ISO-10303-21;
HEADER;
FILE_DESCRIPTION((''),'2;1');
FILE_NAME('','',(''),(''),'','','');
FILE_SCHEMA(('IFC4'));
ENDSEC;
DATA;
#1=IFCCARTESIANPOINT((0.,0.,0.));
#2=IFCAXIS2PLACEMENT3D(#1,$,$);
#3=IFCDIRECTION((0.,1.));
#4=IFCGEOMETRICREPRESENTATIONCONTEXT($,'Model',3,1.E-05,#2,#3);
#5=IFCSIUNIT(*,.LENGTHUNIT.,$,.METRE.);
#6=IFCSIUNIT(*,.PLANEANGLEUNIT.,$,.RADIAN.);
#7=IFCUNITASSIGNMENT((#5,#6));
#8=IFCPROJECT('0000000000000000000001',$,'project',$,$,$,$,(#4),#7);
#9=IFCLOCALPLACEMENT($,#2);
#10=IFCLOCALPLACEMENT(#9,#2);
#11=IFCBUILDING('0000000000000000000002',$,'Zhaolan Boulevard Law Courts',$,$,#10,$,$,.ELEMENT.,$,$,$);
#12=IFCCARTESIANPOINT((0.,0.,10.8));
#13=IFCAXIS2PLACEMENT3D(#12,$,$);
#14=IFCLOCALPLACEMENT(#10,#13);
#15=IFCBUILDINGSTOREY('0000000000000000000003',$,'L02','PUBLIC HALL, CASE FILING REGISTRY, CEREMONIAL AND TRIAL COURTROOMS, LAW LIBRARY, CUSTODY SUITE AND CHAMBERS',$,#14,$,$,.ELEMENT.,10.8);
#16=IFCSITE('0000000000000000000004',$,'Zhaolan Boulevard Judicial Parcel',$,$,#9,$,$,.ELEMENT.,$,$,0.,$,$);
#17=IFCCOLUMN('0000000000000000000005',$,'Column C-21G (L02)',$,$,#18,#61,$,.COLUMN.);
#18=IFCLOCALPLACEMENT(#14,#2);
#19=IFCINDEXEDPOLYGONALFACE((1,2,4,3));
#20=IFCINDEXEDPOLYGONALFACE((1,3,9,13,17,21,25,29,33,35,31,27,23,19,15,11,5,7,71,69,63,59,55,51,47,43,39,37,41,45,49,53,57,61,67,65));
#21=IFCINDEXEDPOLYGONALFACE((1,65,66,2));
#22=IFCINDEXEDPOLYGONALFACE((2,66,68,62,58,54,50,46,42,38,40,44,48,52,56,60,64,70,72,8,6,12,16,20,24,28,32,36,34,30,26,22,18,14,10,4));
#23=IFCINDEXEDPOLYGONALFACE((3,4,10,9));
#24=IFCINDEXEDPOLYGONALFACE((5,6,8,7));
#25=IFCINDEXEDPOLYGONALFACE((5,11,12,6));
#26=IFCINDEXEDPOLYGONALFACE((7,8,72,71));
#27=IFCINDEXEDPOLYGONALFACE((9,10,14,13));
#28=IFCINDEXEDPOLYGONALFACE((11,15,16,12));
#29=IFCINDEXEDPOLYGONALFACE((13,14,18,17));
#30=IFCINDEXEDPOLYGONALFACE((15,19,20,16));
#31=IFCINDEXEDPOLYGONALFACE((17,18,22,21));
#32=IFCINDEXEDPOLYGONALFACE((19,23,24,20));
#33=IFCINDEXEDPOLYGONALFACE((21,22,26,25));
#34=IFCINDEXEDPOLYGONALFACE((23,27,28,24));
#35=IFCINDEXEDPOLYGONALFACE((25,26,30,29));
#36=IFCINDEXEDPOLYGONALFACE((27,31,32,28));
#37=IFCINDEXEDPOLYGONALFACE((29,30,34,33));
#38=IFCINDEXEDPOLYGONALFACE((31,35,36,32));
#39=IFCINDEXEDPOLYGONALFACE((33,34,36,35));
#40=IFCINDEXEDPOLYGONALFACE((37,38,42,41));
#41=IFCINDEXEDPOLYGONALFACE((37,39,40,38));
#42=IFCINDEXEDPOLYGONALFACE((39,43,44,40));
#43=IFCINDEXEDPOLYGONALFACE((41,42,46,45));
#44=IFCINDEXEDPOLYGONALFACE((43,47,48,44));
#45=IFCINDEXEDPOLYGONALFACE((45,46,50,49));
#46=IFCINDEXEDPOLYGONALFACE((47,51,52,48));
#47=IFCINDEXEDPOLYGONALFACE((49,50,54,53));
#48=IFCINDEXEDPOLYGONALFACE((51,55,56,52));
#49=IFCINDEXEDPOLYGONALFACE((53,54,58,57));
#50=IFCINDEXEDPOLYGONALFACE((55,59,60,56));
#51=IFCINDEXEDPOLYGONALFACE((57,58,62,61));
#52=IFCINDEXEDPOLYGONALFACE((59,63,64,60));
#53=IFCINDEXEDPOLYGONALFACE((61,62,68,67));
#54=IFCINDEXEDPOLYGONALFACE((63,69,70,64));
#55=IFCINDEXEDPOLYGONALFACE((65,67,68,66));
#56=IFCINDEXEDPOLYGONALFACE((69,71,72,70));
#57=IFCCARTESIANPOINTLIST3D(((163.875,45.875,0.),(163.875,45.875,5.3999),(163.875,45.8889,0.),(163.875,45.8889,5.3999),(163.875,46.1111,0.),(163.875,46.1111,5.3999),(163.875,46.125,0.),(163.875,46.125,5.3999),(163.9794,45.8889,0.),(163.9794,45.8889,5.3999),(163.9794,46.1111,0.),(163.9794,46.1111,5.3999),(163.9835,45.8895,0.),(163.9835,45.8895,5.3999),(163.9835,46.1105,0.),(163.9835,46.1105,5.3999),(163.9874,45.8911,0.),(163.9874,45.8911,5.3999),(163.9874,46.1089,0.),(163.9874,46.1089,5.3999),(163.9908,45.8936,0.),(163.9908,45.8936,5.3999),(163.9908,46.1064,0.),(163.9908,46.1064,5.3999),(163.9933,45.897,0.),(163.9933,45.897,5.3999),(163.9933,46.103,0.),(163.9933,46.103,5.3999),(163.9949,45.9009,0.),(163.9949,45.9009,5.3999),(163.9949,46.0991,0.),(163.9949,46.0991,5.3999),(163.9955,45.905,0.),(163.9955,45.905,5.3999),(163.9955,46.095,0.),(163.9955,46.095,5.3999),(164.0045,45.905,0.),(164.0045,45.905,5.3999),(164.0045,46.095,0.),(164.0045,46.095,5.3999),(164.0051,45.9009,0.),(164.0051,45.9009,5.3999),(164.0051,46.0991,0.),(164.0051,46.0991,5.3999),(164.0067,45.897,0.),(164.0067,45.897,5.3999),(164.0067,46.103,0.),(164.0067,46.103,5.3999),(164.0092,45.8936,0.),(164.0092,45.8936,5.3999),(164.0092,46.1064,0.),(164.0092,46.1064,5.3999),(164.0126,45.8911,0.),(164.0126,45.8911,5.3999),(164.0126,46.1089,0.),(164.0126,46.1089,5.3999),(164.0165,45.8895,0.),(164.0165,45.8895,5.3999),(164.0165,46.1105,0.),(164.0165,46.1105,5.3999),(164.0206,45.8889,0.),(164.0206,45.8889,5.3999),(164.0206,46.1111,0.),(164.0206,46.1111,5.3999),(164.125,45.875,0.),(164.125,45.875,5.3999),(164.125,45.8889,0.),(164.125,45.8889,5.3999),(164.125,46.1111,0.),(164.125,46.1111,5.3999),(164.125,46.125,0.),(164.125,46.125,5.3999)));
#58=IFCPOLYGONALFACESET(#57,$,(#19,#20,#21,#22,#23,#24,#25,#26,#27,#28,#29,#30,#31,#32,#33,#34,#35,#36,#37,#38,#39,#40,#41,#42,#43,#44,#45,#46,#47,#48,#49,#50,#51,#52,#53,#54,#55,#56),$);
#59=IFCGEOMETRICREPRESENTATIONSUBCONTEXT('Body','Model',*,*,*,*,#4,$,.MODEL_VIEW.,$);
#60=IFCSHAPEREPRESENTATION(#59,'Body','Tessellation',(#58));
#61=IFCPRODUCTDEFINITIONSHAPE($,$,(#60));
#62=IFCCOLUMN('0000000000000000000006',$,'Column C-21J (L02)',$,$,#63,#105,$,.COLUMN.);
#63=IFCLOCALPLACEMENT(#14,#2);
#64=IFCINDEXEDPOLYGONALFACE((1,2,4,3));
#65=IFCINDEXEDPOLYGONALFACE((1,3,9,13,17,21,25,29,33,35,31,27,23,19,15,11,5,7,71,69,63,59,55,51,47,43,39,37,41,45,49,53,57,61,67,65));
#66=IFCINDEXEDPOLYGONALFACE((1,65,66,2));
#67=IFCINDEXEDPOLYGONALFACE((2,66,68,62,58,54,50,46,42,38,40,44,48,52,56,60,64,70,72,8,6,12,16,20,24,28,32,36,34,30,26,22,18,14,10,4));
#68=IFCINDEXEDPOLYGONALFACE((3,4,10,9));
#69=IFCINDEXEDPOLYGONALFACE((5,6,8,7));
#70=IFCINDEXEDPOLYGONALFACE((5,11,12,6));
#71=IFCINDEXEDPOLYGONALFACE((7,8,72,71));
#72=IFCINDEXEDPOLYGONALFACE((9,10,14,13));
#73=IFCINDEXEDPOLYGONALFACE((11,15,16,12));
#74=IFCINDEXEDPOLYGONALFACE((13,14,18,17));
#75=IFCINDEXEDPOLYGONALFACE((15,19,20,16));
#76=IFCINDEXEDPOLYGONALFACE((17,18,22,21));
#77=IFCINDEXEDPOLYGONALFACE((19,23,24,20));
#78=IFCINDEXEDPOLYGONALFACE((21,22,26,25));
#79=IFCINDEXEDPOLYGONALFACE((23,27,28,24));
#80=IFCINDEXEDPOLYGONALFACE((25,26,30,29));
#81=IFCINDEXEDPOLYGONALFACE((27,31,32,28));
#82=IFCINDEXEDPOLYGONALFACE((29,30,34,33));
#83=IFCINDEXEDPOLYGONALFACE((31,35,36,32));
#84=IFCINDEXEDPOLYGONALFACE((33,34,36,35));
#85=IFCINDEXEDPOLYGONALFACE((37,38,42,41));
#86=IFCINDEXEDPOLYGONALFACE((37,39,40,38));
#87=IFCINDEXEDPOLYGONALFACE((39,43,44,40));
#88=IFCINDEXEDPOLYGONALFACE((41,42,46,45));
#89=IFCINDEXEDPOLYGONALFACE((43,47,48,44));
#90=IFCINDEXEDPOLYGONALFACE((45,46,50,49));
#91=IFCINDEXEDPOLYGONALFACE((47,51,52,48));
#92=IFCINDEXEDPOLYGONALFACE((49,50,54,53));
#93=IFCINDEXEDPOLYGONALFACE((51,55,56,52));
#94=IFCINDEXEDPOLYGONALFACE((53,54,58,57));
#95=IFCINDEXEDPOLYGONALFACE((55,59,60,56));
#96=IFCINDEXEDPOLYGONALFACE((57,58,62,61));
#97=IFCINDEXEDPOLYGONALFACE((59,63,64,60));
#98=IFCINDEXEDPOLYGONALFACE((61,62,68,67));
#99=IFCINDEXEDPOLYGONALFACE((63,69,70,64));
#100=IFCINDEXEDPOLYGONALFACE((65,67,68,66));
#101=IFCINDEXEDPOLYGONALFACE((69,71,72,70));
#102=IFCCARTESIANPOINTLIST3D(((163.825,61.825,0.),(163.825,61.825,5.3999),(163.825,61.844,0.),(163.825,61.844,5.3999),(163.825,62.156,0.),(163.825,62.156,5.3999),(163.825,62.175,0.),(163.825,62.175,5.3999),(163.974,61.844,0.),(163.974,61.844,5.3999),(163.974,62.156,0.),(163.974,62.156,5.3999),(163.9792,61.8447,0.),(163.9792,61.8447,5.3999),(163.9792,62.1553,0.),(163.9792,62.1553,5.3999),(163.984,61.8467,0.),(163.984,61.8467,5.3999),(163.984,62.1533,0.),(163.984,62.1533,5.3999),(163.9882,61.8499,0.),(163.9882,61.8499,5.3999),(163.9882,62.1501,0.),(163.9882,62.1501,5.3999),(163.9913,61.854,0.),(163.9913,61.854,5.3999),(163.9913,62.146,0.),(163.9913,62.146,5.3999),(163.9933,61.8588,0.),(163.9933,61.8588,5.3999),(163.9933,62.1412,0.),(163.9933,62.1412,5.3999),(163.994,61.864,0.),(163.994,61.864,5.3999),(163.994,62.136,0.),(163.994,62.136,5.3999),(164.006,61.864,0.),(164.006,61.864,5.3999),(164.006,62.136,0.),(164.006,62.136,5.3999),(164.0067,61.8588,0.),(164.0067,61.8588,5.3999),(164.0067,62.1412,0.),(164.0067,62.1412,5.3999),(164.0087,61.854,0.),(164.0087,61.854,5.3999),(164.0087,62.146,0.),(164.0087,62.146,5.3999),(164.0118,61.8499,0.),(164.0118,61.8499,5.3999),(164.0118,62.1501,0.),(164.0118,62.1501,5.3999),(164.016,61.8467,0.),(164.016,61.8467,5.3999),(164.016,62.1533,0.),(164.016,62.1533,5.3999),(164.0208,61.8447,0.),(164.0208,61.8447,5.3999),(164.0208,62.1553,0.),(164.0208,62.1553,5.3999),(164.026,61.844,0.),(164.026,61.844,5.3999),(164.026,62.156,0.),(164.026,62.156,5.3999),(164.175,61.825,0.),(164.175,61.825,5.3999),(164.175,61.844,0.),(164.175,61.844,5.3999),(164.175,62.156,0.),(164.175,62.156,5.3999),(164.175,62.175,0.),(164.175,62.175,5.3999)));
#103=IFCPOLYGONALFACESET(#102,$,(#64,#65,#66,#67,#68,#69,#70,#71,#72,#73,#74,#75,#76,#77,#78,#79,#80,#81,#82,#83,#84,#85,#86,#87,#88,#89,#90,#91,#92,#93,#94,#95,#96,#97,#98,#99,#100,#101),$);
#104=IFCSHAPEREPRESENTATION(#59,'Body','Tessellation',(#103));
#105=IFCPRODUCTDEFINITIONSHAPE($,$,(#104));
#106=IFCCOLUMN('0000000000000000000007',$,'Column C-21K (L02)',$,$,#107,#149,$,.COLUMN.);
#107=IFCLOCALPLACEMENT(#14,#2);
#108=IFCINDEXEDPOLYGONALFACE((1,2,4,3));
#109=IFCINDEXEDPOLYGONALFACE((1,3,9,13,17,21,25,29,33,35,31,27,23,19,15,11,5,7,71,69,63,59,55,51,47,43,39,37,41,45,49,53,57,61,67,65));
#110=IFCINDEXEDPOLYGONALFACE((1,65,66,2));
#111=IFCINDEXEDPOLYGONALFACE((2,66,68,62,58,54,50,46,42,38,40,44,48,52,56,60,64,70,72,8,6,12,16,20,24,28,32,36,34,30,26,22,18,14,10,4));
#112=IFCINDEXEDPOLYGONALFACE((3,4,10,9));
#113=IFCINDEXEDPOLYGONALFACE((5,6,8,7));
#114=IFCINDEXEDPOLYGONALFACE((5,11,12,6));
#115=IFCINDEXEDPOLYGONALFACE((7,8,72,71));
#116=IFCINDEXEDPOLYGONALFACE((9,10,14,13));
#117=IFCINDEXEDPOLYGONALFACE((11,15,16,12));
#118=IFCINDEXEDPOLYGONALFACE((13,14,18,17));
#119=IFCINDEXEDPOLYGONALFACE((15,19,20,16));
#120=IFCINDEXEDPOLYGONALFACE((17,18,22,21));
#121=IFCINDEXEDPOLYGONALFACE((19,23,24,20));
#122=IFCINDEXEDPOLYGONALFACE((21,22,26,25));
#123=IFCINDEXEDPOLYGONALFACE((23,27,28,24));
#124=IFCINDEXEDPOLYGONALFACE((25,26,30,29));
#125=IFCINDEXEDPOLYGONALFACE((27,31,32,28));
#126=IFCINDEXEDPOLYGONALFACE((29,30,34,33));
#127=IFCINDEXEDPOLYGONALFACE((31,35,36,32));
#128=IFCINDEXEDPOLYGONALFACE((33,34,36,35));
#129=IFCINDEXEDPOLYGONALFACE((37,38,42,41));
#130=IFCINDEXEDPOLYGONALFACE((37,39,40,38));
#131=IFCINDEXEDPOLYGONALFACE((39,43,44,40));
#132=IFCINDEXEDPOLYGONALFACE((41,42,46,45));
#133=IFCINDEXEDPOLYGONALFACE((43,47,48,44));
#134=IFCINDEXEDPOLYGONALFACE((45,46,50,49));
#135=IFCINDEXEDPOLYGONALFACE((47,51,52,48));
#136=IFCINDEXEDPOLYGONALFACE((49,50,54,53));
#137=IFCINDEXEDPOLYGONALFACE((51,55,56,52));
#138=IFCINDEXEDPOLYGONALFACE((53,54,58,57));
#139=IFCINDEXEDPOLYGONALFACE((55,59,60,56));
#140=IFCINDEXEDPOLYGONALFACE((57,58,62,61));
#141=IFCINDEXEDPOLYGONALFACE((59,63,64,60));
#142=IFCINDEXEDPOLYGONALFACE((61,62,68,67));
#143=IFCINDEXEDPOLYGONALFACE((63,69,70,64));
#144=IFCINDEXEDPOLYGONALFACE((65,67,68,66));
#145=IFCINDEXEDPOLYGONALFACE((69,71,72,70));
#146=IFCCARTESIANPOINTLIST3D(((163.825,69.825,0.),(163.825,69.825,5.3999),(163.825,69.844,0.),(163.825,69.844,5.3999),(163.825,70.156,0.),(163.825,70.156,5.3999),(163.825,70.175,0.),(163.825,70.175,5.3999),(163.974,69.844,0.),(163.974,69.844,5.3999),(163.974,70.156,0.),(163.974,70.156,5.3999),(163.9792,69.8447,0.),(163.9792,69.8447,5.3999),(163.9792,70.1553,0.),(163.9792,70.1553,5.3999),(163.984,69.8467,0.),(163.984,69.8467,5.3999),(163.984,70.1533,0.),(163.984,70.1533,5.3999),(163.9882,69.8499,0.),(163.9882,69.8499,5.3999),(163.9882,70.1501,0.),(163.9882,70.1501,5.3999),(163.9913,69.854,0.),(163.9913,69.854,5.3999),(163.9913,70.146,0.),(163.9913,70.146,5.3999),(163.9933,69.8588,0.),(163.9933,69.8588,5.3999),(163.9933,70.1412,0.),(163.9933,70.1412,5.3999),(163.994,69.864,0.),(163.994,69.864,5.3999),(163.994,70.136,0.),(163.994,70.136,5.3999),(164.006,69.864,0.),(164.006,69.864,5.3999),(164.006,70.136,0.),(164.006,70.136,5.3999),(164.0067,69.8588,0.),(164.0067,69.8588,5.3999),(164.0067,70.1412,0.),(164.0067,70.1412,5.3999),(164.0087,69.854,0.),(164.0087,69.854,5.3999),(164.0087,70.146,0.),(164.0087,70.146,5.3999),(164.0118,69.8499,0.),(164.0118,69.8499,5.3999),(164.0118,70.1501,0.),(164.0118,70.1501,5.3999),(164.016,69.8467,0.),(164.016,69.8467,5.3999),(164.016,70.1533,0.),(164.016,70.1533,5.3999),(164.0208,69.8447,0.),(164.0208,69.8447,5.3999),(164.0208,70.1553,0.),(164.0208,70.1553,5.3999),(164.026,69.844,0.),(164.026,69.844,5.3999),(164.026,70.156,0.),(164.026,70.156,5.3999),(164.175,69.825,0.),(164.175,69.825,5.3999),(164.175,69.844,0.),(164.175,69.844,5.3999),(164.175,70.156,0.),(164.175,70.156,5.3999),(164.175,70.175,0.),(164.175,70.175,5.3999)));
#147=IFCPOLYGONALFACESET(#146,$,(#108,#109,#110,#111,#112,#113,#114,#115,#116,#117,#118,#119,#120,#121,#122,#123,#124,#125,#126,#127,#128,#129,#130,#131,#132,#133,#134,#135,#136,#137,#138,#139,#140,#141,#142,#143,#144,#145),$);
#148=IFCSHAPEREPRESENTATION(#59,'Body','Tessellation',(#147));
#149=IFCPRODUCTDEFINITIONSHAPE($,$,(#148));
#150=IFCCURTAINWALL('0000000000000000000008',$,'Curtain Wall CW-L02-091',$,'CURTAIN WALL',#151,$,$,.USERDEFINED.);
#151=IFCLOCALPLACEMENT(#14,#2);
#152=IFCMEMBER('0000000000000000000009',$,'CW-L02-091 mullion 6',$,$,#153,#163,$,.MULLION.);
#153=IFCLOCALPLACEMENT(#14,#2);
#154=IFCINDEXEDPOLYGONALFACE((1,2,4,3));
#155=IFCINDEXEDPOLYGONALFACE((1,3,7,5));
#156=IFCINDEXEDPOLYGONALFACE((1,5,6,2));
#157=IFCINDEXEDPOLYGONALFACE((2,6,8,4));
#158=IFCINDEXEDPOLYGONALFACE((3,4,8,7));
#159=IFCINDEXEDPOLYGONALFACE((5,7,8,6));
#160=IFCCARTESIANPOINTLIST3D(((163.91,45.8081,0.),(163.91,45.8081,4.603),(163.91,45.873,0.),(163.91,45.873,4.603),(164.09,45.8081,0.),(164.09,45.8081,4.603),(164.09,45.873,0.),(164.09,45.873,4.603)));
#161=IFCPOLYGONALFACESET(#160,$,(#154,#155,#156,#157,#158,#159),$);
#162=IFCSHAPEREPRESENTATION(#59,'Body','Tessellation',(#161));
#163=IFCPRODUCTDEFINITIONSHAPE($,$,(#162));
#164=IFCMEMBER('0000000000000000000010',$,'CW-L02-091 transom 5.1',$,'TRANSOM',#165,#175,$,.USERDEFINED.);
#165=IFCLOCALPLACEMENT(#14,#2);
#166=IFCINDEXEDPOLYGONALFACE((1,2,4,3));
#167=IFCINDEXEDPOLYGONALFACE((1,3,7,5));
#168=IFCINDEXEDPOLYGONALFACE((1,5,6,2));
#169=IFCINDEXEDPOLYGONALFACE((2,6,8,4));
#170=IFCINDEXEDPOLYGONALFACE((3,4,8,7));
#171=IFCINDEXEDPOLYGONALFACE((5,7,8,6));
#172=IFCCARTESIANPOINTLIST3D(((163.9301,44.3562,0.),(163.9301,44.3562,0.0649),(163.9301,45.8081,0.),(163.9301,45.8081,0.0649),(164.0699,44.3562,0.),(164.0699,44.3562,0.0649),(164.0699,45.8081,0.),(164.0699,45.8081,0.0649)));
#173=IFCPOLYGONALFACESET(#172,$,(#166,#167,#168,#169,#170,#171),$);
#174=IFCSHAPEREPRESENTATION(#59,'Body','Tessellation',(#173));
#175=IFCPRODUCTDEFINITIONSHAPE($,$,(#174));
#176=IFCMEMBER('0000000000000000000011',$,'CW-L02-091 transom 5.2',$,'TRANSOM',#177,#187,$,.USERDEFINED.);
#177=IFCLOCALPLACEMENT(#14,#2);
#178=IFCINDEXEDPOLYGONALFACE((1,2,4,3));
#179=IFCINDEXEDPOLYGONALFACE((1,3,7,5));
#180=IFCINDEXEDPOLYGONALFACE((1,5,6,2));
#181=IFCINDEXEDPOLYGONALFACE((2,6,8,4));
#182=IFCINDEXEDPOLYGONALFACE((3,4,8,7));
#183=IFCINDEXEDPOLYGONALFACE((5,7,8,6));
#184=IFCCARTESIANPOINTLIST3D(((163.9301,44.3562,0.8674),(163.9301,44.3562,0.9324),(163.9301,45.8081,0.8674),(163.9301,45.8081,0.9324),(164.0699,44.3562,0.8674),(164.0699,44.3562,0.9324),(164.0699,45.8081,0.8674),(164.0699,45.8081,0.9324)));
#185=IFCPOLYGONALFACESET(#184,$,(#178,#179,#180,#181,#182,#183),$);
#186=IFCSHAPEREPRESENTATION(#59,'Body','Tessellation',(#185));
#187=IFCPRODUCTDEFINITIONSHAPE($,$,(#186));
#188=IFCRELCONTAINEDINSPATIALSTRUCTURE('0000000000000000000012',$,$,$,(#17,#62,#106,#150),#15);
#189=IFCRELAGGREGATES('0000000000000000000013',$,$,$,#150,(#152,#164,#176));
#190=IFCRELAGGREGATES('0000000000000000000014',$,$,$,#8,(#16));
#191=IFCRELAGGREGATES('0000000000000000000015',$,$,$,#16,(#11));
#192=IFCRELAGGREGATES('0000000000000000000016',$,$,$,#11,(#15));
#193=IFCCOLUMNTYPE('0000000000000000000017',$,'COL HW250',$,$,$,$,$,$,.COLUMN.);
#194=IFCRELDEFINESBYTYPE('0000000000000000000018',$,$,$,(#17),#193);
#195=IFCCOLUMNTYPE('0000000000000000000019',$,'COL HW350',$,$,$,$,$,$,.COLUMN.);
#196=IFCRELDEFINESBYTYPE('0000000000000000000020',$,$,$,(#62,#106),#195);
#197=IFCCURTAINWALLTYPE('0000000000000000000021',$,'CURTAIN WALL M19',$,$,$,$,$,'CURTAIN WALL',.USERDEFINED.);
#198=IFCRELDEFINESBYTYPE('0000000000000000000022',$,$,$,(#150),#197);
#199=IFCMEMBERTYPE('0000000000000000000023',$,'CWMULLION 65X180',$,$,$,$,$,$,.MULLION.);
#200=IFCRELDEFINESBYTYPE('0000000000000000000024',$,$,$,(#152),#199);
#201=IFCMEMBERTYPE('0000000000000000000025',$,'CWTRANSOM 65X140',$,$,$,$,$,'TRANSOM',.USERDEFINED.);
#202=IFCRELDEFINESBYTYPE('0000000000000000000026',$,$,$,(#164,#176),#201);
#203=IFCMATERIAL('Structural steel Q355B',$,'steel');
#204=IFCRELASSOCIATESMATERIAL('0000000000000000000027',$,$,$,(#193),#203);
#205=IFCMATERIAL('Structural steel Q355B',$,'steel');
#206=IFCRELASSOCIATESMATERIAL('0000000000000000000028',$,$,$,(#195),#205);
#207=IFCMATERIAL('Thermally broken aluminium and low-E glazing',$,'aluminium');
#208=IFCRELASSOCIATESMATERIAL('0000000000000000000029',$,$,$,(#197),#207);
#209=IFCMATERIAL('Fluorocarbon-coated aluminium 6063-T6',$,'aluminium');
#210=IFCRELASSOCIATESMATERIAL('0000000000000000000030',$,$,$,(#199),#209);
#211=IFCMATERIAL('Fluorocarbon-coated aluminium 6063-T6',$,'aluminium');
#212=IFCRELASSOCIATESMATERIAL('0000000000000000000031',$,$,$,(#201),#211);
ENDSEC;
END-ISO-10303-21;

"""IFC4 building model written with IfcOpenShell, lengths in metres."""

from ifc_helpers import new_model, si_unit, direction, frame, origin, origin_2d, place, context, subcontext, project, spatial, rectangle, i_section, extrude, material, material_profile, profile_set, type_object, element, aggregate, save


model = new_model("IFC4")

# Units and contexts
model_context = context("Model", 3, precision=1e-05, world=origin(), true_north=direction((0.0, 1.0)))
body_context = subcontext(model_context, "Body", "Model", "MODEL_VIEW")
ifc_project = project(units=[si_unit("LENGTHUNIT", "METRE"), si_unit("PLANEANGLEUNIT", "RADIAN")], contexts=[model_context])

# Site, building, storey
site_placement = place(None, origin())
site = spatial("IfcSite", under=ifc_project, at=site_placement, Name="Zhaolan Boulevard Judicial Parcel", CompositionType="ELEMENT", RefElevation=0.0)
building_placement = place(site_placement, origin())
building = spatial("IfcBuilding", under=site, at=building_placement, Name="Zhaolan Boulevard Law Courts", CompositionType="ELEMENT")
storey_placement = place(building_placement, frame((0.0, 0.0, 10.8)))
storey = spatial("IfcBuildingStorey", under=building, at=storey_placement, Name="L02", Description="PUBLIC HALL, CASE FILING REGISTRY, CEREMONIAL AND TRIAL COURTROOMS, LAW LIBRARY, CUSTODY SUITE AND CHAMBERS", CompositionType="ELEMENT", Elevation=10.8)

# Columns
ifc_material_1 = material(Name="Structural steel Q355B", Category="steel")
ifc_material_profile_1 = material_profile(ifc_material_1, i_section(OverallWidth=0.25, OverallDepth=0.25, WebThickness=0.009, FlangeThickness=0.0139, FilletRadius=0.0161, at=origin_2d()), Name="HW250x250")
ifc_profile_set_1 = profile_set([ifc_material_profile_1], Name="Structural steel Q355B")
column_type_1 = type_object("IfcColumnType", Name="COL HW250", PredefinedType="COLUMN", material=ifc_profile_set_1)
column_placement = place(storey_placement, frame((164.0, 46.0, 0.0), z_axis=(0.0, 0.0, 1.0), x_axis=(1.0, 0.0, 0.0)))
element("IfcColumn", 1, at=column_placement, inside=storey, type_object=column_type_1, Name="Column C-21G (L02)", PredefinedType="COLUMN", context=body_context, shape_type="SweptSolid", body=[
    extrude(i_section(OverallWidth=0.25, OverallDepth=0.25, WebThickness=0.009, FlangeThickness=0.0139, FilletRadius=0.0161, at=origin_2d()), origin(), (0.0, 0.0, 1.0), 5.3999),
])
ifc_material_2 = material(Name="Structural steel Q355B", Category="steel")
ifc_material_profile_2 = material_profile(ifc_material_2, i_section(OverallWidth=0.3501, OverallDepth=0.3501, WebThickness=0.012, FlangeThickness=0.019, FilletRadius=0.02, at=origin_2d()), Name="HW350x350")
ifc_profile_set_2 = profile_set([ifc_material_profile_2], Name="Structural steel Q355B")
column_type_2 = type_object("IfcColumnType", Name="COL HW350", PredefinedType="COLUMN", material=ifc_profile_set_2)
for number, where, z_axis, x_axis, name in (
    (2, (164.0, 62.0, 0.0), (0.0, 0.0, 1.0), (1.0, 0.0, 0.0), "Column C-21J (L02)"),
    (3, (164.0, 70.0, 0.0), (0.0, 0.0, 1.0), (1.0, 0.0, 0.0), "Column C-21K (L02)"),
):
    element("IfcColumn", number, at=place(storey_placement, frame(where, z_axis=z_axis, x_axis=x_axis)), inside=storey, type_object=column_type_2, Name=name, PredefinedType="COLUMN", context=body_context, shape_type="SweptSolid", body=[
        extrude(i_section(OverallWidth=0.3501, OverallDepth=0.3501, WebThickness=0.012, FlangeThickness=0.019, FilletRadius=0.02, at=origin_2d()), origin(), (0.0, 0.0, 1.0), 5.3999),
    ])

# Curtain wall, members
ifc_material_3 = material(Name="Thermally broken aluminium and low-E glazing", Category="aluminium")
curtain_wall_type = type_object("IfcCurtainWallType", Name="CURTAIN WALL M19", ElementType="CURTAIN WALL", PredefinedType="USERDEFINED", material=ifc_material_3)
curtain_wall_placement = place(storey_placement, origin())
curtain_wall = element("IfcCurtainWall", 4, at=curtain_wall_placement, inside=storey, type_object=curtain_wall_type, Name="Curtain Wall CW-L02-091", ObjectType="CURTAIN WALL", PredefinedType="USERDEFINED")
ifc_material_4 = material(Name="Fluorocarbon-coated aluminium 6063-T6", Category="aluminium")
ifc_material_profile_3 = material_profile(ifc_material_4, rectangle(XDim=0.1799, YDim=0.0649, at=origin_2d()), Name="AL65x180")
ifc_profile_set_3 = profile_set([ifc_material_profile_3], Name="Fluorocarbon-coated aluminium 6063-T6")
member_type_1 = type_object("IfcMemberType", Name="CWMULLION 65X180", PredefinedType="MULLION", material=ifc_profile_set_3)
member_1_placement = place(storey_placement, frame((164.0, 45.8406, 0.0), z_axis=(0.0, 0.0, 1.0), x_axis=(-1.0, 0.0, 0.0)))
member_1 = element("IfcMember", 5, at=member_1_placement, type_object=member_type_1, Name="CW-L02-091 mullion 6", PredefinedType="MULLION", context=body_context, shape_type="SweptSolid", body=[
    extrude(rectangle(XDim=0.1799, YDim=0.0649, at=origin_2d()), origin(), (0.0, 0.0, 1.0), 4.603),
])
ifc_material_5 = material(Name="Fluorocarbon-coated aluminium 6063-T6", Category="aluminium")
ifc_material_profile_4 = material_profile(ifc_material_5, rectangle(XDim=0.1399, YDim=0.0649, at=origin_2d()), Name="AL65x140")
ifc_profile_set_4 = profile_set([ifc_material_profile_4], Name="Fluorocarbon-coated aluminium 6063-T6")
member_type_2 = type_object("IfcMemberType", Name="CWTRANSOM 65X140", ElementType="TRANSOM", PredefinedType="USERDEFINED", material=ifc_profile_set_4)
member_2_placement = place(storey_placement, frame((164.0, 44.3562, 0.0325), z_axis=(0.0, 1.0, 0.0), x_axis=(-1.0, 0.0, 0.0)))
member_2 = element("IfcMember", 6, at=member_2_placement, type_object=member_type_2, Name="CW-L02-091 transom 5.1", ObjectType="TRANSOM", PredefinedType="USERDEFINED", context=body_context, shape_type="SweptSolid", body=[
    extrude(rectangle(XDim=0.1399, YDim=0.0649, at=origin_2d()), origin(), (0.0, 0.0, 1.0), 1.4519),
])
member_3_placement = place(storey_placement, frame((164.0, 44.3562, 0.8999), z_axis=(0.0, 1.0, 0.0), x_axis=(-1.0, 0.0, 0.0)))
member_3 = element("IfcMember", 7, at=member_3_placement, type_object=member_type_2, Name="CW-L02-091 transom 5.2", ObjectType="TRANSOM", PredefinedType="USERDEFINED", context=body_context, shape_type="SweptSolid", body=[
    extrude(rectangle(XDim=0.1399, YDim=0.0649, at=origin_2d()), origin(), (0.0, 0.0, 1.0), 1.4519),
])

aggregate(curtain_wall, [member_1, member_2, member_3])

save(model, "model.ifc")
